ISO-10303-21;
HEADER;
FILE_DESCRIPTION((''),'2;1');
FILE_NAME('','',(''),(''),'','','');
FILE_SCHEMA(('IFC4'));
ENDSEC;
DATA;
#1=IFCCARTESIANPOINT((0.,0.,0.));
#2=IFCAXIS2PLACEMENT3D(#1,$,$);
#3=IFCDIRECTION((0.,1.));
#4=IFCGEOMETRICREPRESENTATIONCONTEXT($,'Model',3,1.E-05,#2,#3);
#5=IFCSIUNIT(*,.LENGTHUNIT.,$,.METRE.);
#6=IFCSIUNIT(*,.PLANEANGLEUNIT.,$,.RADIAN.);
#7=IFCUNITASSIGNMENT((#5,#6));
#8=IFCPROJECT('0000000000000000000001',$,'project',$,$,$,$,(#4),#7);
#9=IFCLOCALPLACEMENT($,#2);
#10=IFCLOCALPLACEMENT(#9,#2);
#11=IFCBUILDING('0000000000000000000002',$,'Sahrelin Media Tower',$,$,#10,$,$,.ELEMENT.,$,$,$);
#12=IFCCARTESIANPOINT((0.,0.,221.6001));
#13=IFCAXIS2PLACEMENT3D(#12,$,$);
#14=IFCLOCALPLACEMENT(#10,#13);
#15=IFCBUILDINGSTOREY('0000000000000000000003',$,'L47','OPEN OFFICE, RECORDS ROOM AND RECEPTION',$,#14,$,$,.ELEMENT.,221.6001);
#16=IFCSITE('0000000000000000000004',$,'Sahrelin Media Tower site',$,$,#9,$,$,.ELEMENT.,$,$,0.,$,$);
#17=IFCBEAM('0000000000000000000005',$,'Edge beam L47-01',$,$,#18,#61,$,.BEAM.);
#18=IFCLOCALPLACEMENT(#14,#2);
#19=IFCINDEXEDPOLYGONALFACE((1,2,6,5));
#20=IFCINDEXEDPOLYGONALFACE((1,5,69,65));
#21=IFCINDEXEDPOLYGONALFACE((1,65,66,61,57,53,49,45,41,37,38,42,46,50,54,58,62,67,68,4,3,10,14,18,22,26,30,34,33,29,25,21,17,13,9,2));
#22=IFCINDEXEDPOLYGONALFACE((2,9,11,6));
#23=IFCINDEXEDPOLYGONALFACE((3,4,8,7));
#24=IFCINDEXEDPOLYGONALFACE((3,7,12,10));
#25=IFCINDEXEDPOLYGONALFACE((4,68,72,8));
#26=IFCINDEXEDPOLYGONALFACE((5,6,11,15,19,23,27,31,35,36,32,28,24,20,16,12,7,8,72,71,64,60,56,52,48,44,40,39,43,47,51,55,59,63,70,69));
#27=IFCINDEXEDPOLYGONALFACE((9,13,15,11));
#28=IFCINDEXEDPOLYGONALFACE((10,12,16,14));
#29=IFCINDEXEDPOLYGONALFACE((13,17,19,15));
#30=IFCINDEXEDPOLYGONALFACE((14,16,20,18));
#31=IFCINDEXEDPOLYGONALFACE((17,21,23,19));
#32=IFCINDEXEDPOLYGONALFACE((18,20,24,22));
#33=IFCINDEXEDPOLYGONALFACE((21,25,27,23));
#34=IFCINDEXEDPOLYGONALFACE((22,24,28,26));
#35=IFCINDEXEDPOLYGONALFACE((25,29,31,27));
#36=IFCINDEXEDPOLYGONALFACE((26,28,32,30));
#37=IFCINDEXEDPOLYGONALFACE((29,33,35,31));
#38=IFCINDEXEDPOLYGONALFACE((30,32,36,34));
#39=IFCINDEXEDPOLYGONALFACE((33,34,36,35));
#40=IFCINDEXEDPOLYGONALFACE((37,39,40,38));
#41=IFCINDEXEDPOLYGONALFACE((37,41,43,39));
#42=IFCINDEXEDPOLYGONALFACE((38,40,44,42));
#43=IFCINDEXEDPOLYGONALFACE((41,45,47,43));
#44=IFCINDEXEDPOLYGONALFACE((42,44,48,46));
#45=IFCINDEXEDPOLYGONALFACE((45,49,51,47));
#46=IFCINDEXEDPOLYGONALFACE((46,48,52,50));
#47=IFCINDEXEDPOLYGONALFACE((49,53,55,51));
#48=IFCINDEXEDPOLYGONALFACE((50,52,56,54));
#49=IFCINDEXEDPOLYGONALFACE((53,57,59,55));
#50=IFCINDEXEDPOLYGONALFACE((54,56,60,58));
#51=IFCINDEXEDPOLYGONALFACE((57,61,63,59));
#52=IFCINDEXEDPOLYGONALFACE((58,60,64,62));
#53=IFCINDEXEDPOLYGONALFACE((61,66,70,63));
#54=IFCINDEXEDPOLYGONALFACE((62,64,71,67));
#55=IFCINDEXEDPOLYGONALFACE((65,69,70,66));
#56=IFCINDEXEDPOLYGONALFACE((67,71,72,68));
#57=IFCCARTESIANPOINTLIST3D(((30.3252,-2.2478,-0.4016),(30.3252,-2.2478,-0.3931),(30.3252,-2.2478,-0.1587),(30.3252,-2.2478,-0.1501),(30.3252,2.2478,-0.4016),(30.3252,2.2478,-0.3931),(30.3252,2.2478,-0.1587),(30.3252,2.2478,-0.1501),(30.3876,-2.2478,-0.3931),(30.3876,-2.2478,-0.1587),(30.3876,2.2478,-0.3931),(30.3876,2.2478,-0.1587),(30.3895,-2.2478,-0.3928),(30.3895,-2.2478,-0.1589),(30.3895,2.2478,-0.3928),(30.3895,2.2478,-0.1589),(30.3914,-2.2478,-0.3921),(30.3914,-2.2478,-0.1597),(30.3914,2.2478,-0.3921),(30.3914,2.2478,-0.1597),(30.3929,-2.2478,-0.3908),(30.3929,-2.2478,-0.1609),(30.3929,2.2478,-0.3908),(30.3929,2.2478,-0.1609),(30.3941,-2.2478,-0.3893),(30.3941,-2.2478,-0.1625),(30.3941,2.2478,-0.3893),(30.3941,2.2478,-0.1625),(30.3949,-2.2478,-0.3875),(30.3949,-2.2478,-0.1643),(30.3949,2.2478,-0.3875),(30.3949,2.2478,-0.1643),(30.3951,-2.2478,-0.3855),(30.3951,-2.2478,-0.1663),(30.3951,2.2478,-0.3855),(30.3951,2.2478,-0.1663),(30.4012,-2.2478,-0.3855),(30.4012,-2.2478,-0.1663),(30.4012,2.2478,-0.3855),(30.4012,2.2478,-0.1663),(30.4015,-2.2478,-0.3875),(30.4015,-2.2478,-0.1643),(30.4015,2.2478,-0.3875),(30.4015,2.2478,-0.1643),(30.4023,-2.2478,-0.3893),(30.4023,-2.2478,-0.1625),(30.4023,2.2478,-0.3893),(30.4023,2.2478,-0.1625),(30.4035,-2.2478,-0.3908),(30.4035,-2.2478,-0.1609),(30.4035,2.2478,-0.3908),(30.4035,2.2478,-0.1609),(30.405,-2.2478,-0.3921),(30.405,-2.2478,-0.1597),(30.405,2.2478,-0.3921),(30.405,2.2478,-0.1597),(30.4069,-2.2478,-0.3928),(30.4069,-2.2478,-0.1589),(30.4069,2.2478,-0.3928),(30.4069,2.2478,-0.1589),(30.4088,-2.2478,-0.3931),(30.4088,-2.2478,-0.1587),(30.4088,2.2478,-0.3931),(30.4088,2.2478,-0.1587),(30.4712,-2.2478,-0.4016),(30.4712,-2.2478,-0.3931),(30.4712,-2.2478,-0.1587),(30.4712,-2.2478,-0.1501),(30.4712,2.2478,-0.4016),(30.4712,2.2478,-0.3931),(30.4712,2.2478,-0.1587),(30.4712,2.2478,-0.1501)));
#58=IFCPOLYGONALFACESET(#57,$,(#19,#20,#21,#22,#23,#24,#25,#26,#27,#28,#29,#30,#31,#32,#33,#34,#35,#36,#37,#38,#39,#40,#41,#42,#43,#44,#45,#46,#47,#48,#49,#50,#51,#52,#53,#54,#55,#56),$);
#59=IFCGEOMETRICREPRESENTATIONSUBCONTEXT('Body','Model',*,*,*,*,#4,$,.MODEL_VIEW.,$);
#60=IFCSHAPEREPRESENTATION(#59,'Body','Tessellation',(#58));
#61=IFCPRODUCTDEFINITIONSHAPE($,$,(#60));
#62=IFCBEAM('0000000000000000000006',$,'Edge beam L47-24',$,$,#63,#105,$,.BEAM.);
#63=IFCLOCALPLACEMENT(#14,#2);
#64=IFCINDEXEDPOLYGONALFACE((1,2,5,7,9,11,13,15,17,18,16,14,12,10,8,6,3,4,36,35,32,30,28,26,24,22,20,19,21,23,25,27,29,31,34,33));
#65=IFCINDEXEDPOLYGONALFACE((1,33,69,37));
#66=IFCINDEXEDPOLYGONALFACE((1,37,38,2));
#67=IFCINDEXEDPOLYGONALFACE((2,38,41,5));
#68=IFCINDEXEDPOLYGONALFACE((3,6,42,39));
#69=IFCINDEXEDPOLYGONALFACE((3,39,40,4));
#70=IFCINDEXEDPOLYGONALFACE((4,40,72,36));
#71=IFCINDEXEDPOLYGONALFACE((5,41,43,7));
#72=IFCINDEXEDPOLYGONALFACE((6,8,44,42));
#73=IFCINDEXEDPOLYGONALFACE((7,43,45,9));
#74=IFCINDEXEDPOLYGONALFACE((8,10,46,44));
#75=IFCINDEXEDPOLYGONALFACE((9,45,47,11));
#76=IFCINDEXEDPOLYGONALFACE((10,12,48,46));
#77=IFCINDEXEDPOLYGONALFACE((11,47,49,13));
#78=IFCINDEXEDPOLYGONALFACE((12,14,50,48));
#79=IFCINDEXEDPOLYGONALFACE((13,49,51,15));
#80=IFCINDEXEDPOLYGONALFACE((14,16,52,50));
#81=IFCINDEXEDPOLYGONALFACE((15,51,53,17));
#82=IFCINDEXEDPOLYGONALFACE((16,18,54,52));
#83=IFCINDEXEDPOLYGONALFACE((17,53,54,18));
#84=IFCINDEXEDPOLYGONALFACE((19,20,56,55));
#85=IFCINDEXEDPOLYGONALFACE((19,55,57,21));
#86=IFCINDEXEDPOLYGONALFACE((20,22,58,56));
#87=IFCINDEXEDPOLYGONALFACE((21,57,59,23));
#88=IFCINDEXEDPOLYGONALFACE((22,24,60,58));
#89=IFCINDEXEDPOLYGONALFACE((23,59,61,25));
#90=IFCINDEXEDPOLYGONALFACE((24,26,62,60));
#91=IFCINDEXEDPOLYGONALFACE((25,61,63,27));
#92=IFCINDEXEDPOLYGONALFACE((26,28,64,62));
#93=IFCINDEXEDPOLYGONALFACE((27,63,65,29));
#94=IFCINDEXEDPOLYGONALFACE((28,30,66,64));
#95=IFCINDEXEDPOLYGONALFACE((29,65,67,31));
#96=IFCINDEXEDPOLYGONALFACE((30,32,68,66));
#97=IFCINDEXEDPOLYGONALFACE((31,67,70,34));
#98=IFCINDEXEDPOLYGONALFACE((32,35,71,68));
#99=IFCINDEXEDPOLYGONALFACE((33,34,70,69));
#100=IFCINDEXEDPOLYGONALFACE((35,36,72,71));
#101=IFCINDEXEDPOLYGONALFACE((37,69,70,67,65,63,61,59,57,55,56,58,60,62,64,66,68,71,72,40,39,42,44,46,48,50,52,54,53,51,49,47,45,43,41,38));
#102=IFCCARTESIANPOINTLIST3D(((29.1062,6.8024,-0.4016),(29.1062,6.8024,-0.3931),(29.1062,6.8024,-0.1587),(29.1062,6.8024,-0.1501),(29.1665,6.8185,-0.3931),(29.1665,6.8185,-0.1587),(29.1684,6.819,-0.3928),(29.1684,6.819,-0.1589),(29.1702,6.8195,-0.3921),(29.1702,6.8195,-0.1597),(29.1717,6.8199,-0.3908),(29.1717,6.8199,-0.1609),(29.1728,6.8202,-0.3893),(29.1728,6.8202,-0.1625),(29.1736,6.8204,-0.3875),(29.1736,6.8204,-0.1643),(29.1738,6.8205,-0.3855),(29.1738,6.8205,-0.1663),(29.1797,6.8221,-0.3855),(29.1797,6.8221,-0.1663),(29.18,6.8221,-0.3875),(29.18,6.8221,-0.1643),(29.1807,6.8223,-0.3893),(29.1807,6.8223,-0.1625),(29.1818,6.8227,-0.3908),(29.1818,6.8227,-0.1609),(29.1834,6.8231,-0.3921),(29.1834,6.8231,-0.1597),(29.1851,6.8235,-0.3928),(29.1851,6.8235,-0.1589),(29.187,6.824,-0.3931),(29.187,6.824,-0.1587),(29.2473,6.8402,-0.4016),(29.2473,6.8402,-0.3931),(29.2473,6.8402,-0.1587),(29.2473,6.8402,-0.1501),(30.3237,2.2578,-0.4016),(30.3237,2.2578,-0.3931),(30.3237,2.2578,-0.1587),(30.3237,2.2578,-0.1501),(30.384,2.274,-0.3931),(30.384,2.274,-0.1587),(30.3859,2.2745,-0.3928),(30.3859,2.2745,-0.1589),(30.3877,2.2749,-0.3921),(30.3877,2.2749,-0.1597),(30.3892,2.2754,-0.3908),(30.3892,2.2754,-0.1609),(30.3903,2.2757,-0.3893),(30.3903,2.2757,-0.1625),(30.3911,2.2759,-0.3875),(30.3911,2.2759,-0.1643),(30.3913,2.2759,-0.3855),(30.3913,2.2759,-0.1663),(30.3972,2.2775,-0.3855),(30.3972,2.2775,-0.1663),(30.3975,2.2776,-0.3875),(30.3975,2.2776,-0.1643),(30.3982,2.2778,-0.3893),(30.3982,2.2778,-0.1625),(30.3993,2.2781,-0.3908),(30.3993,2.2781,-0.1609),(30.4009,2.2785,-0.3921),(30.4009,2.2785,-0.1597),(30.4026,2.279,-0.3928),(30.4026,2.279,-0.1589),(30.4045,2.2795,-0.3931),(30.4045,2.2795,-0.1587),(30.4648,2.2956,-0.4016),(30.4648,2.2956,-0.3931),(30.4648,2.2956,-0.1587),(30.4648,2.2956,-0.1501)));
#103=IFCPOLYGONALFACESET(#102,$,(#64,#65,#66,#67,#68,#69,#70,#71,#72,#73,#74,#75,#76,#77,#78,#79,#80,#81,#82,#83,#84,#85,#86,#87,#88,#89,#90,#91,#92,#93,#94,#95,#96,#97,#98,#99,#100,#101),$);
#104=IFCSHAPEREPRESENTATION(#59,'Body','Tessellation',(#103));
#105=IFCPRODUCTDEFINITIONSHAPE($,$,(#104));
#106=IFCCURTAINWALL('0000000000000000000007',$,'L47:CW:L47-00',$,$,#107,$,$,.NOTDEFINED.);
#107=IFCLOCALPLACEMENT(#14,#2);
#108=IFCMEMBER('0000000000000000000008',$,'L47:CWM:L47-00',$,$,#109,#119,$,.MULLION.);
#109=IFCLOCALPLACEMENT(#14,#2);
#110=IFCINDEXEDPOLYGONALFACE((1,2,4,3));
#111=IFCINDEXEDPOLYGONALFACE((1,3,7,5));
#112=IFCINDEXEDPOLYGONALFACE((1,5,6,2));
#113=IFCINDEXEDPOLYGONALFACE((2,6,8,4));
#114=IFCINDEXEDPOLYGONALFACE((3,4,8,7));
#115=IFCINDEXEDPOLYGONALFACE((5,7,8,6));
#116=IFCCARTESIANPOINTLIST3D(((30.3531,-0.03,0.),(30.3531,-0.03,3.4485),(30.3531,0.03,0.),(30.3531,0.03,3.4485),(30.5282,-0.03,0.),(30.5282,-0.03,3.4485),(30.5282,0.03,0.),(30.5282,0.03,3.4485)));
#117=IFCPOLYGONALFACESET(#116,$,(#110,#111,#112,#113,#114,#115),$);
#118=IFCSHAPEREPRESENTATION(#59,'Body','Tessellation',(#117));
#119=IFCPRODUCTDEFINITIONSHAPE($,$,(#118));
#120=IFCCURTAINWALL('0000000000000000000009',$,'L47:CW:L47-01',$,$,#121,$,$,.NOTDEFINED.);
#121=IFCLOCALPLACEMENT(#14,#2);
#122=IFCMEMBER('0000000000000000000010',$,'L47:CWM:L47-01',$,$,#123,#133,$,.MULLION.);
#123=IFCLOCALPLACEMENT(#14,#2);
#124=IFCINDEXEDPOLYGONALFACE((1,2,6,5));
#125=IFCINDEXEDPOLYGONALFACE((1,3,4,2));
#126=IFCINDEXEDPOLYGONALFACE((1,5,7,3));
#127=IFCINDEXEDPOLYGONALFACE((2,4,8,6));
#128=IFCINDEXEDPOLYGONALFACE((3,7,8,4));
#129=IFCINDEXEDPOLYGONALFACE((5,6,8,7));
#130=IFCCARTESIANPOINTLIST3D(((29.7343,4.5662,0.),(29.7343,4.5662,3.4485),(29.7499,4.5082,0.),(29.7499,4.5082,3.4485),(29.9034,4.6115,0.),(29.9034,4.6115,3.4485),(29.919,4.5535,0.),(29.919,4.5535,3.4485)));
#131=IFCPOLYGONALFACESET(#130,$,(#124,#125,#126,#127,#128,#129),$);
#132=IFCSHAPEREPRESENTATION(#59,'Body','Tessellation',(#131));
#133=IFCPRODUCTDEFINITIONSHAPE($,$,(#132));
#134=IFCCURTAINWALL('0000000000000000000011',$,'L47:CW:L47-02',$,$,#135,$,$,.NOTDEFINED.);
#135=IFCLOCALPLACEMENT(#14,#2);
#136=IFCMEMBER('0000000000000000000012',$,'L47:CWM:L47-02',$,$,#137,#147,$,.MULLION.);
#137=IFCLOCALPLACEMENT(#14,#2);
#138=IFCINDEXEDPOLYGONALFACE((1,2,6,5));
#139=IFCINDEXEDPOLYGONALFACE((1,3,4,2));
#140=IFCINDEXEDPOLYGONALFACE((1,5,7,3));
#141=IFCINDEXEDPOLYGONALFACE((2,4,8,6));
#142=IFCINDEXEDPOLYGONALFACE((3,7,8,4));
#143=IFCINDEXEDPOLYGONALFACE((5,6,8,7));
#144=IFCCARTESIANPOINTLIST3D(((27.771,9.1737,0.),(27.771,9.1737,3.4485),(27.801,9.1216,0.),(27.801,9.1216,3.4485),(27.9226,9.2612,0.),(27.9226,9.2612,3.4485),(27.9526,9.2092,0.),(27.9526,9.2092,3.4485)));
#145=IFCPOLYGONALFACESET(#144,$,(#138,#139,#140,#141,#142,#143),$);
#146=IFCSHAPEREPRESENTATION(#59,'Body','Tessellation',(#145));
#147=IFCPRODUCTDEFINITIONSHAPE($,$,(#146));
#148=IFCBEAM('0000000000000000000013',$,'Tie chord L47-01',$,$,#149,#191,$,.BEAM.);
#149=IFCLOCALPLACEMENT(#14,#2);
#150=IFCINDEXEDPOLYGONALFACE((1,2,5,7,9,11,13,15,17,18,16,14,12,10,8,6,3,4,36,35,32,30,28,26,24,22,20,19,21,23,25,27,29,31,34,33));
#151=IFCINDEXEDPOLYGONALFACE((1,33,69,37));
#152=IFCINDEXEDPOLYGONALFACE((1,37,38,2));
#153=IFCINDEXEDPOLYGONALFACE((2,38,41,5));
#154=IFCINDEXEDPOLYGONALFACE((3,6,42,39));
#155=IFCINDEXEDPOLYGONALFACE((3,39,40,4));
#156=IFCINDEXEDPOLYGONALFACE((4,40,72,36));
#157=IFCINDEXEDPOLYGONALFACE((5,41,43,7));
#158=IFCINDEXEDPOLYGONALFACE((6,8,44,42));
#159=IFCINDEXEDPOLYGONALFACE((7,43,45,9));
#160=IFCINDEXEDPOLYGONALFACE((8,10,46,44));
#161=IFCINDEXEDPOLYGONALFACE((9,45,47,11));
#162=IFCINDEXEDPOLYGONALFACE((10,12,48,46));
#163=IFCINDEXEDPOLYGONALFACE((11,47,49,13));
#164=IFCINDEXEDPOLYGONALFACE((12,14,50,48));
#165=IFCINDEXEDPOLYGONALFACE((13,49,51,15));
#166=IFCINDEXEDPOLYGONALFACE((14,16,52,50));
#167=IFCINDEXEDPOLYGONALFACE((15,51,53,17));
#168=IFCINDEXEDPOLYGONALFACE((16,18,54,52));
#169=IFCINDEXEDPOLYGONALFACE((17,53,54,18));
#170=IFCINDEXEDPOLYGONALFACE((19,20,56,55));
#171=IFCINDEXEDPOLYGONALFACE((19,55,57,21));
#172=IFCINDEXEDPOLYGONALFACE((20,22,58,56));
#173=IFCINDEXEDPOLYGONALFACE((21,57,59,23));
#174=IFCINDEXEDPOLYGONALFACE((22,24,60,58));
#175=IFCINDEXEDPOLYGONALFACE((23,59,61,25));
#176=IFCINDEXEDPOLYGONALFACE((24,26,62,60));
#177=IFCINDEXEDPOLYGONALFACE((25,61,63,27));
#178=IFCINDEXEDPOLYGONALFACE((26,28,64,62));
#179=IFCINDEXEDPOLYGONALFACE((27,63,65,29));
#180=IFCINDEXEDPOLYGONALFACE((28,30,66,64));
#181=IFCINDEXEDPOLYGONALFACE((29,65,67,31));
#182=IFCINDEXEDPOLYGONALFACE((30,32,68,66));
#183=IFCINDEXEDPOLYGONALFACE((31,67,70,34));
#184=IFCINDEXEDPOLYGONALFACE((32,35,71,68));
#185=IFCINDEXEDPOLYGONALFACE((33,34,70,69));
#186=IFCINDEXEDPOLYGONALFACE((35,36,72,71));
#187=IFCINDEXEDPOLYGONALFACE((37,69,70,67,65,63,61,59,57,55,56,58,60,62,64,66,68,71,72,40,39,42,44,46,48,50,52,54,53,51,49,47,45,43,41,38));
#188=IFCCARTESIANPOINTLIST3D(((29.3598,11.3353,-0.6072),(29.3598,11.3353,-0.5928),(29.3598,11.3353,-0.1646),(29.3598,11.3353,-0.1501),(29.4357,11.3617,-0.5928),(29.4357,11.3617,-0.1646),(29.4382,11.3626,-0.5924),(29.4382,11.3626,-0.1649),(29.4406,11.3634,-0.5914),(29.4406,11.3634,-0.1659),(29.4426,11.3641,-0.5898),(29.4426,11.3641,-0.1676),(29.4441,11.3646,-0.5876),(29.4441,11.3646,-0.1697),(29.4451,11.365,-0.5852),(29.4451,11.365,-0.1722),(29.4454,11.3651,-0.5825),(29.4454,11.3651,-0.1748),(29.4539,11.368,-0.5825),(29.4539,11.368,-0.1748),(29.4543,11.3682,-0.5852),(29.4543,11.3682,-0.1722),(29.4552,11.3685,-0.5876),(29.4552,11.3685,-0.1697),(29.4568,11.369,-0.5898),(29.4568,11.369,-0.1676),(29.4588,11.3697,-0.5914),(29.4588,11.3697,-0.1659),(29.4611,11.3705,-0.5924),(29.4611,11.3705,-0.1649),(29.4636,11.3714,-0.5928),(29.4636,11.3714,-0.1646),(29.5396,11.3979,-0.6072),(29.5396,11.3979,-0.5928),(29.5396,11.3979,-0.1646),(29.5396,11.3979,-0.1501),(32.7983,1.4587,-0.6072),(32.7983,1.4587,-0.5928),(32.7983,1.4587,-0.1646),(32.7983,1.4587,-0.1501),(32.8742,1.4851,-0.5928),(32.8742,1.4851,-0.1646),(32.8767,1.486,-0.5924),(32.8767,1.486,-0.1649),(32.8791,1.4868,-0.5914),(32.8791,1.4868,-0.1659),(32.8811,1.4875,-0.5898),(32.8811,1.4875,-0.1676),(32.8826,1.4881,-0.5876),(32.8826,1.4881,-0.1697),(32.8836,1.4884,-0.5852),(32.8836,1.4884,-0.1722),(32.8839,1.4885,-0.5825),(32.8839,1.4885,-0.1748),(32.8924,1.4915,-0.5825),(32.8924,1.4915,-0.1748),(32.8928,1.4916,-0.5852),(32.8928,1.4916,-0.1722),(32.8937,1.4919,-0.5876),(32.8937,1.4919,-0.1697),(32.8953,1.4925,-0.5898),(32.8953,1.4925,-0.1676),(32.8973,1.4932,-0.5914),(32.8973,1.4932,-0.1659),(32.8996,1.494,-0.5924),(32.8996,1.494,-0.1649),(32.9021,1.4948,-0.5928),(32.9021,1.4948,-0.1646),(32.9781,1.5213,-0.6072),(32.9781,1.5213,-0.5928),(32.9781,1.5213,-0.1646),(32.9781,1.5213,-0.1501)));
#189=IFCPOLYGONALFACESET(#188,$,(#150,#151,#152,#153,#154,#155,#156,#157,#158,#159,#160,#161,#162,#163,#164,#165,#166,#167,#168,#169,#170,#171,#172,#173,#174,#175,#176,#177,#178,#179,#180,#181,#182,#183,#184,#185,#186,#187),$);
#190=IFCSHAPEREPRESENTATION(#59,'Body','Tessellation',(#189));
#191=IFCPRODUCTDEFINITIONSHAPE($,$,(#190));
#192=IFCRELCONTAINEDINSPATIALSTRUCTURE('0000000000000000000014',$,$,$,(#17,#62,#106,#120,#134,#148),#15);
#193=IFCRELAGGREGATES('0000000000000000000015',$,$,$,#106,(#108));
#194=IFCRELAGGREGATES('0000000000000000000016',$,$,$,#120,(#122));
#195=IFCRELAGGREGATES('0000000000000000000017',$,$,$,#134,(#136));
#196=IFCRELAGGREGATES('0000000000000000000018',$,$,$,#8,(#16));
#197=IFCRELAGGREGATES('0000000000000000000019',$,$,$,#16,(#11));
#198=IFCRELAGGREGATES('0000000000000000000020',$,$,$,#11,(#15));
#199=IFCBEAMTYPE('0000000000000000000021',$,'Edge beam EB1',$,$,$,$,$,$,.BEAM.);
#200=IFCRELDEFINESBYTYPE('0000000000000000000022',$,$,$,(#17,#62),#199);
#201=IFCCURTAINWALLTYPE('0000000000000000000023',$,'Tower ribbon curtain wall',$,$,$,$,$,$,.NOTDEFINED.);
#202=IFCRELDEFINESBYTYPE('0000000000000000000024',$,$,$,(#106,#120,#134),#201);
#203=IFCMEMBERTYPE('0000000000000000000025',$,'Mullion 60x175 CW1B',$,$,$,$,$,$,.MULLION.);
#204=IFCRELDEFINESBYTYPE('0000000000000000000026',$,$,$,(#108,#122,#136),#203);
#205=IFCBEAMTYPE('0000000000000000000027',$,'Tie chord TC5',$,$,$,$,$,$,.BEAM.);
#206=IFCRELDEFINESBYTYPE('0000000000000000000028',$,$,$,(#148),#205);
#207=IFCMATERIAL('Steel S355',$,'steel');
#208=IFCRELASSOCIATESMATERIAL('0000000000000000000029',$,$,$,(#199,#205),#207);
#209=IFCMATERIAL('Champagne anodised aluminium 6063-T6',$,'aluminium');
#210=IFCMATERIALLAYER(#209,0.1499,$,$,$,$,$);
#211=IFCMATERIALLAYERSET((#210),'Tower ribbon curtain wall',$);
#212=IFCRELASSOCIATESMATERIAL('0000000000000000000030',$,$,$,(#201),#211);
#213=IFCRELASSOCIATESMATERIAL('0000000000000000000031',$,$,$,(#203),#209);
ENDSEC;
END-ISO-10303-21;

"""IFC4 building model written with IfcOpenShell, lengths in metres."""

from ifc_helpers import new_model, si_unit, direction, frame, origin, origin_2d, place, context, subcontext, project, spatial, rectangle, i_section, extrude, material, layer, layer_set, material_profile, profile_set, type_object, element, aggregate, save


model = new_model("IFC4")

# Units and contexts
model_context = context("Model", 3, precision=1e-05, world=origin(), true_north=direction((0.0, 1.0)))
body_context = subcontext(model_context, "Body", "Model", "MODEL_VIEW")
ifc_project = project(units=[si_unit("LENGTHUNIT", "METRE"), si_unit("PLANEANGLEUNIT", "RADIAN")], contexts=[model_context])

# Site, building, storey
site_placement = place(None, origin())
site = spatial("IfcSite", under=ifc_project, at=site_placement, Name="Sahrelin Media Tower site", CompositionType="ELEMENT", RefElevation=0.0)
building_placement = place(site_placement, origin())
building = spatial("IfcBuilding", under=site, at=building_placement, Name="Sahrelin Media Tower", CompositionType="ELEMENT")
storey_placement = place(building_placement, frame((0.0, 0.0, 221.6001)))
storey = spatial("IfcBuildingStorey", under=building, at=storey_placement, Name="L47", Description="OPEN OFFICE, RECORDS ROOM AND RECEPTION", CompositionType="ELEMENT", Elevation=221.6001)

# Beams
ifc_material_1 = material(Name="Steel S355", Category="steel")
ifc_material_profile_1 = material_profile(ifc_material_1, i_section(OverallWidth=0.146, OverallDepth=0.2515, WebThickness=0.0061, FlangeThickness=0.0085, FilletRadius=0.0076, at=origin_2d()), Name="UB 254x146x31")
ifc_profile_set_1 = profile_set([ifc_material_profile_1], Name="Steel S355")
beam_type_1 = type_object("IfcBeamType", Name="Edge beam EB1", PredefinedType="BEAM", material=ifc_profile_set_1)
beam_1_placement = place(storey_placement, frame((30.3982, 2.2478, -0.2759), z_axis=(0.0, -1.0, 0.0), x_axis=(1.0, 0.0, 0.0)))
element("IfcBeam", 1, at=beam_1_placement, inside=storey, type_object=beam_type_1, Name="Edge beam L47-01", PredefinedType="BEAM", context=body_context, shape_type="SweptSolid", body=[
    extrude(i_section(OverallWidth=0.146, OverallDepth=0.2515, WebThickness=0.0061, FlangeThickness=0.0085, FilletRadius=0.0076, at=origin_2d()), origin(), (0.0, 0.0, 1.0), 4.4956),
])
beam_2_placement = place(storey_placement, frame((29.1768, 6.8213, -0.2759), z_axis=(0.258777, -0.965937, 0.0), x_axis=(0.965937, 0.258777, 0.0)))
element("IfcBeam", 2, at=beam_2_placement, inside=storey, type_object=beam_type_1, Name="Edge beam L47-24", PredefinedType="BEAM", context=body_context, shape_type="SweptSolid", body=[
    extrude(i_section(OverallWidth=0.146, OverallDepth=0.2515, WebThickness=0.0061, FlangeThickness=0.0085, FilletRadius=0.0076, at=origin_2d()), origin(), (0.0, 0.0, 1.0), 4.7048),
])

# Curtain walls, members
ifc_material_2 = material(Name="Champagne anodised aluminium 6063-T6", Category="aluminium")
ifc_layer_1 = layer(ifc_material_2, 0.1499)
ifc_layer_set_1 = layer_set([ifc_layer_1], Name="Tower ribbon curtain wall")
curtain_wall_type = type_object("IfcCurtainWallType", Name="Tower ribbon curtain wall", PredefinedType="NOTDEFINED", material=ifc_layer_set_1)
curtain_wall_1_placement = place(storey_placement, frame((30.5481, 0.0, 0.0), z_axis=(0.0, 0.0, 1.0), x_axis=(1.0, 0.0, 0.0)))
curtain_wall_1 = element("IfcCurtainWall", 3, at=curtain_wall_1_placement, inside=storey, type_object=curtain_wall_type, Name="L47:CW:L47-00", PredefinedType="NOTDEFINED")
ifc_material_profile_2 = material_profile(ifc_material_2, rectangle(XDim=0.0601, YDim=0.175, at=origin_2d()), Name="Mullion 60x175")
ifc_profile_set_2 = profile_set([ifc_material_profile_2], Name="Champagne anodised aluminium 6063-T6")
member_type_1 = type_object("IfcMemberType", Name="Mullion 60x175 CW1B", PredefinedType="MULLION", material=ifc_profile_set_2)
member_1_placement = place(storey_placement, frame((30.4407, 0.0, 0.0), z_axis=(0.0, 0.0, 1.0), x_axis=(0.0, 1.0, 0.0)))
member_1 = element("IfcMember", 4, at=member_1_placement, type_object=member_type_1, Name="L47:CWM:L47-00", PredefinedType="MULLION", context=body_context, shape_type="SweptSolid", body=[
    extrude(rectangle(XDim=0.0601, YDim=0.175, at=origin_2d()), origin(), (0.0, 0.0, 1.0), 3.4485),
])
aggregate(curtain_wall_1, [member_1])
curtain_wall_2_placement = place(storey_placement, frame((29.9304, 4.5876, 0.0), z_axis=(0.0, 0.0, 1.0), x_axis=(1.0, 0.0, 0.0)))
curtain_wall_2 = element("IfcCurtainWall", 5, at=curtain_wall_2_placement, inside=storey, type_object=curtain_wall_type, Name="L47:CW:L47-01", PredefinedType="NOTDEFINED")
member_2_placement = place(storey_placement, frame((29.8267, 4.5598, 0.0), z_axis=(0.0, 0.0, 1.0), x_axis=(-0.258822, 0.965925, 0.0)))
member_2 = element("IfcMember", 6, at=member_2_placement, type_object=member_type_1, Name="L47:CWM:L47-01", PredefinedType="MULLION", context=body_context, shape_type="SweptSolid", body=[
    extrude(rectangle(XDim=0.0601, YDim=0.175, at=origin_2d()), origin(), (0.0, 0.0, 1.0), 3.4485),
])
curtain_wall_3_placement = place(storey_placement, frame((27.9548, 9.2451, 0.0), z_axis=(0.0, 0.0, 1.0), x_axis=(1.0, 0.0, 0.0)))
curtain_wall_3 = element("IfcCurtainWall", 7, at=curtain_wall_3_placement, inside=storey, type_object=curtain_wall_type, Name="L47:CW:L47-02", PredefinedType="NOTDEFINED")
member_3_placement = place(storey_placement, frame((27.8618, 9.1914, 0.0), z_axis=(0.0, 0.0, 1.0), x_axis=(-0.5, 0.866025, 0.0)))
member_3 = element("IfcMember", 8, at=member_3_placement, type_object=member_type_1, Name="L47:CWM:L47-02", PredefinedType="MULLION", context=body_context, shape_type="SweptSolid", body=[
    extrude(rectangle(XDim=0.0601, YDim=0.175, at=origin_2d()), origin(), (0.0, 0.0, 1.0), 3.4485),
])

# Beam
ifc_material_profile_3 = material_profile(ifc_material_1, i_section(OverallWidth=0.1904, OverallDepth=0.457, WebThickness=0.009, FlangeThickness=0.0144, FilletRadius=0.0103, at=origin_2d()), Name="UB 457x191x74")
ifc_profile_set_3 = profile_set([ifc_material_profile_3], Name="Steel S355")
beam_type_2 = type_object("IfcBeamType", Name="Tie chord TC5", PredefinedType="BEAM", material=ifc_profile_set_3)
beam_3_placement = place(storey_placement, frame((32.8882, 1.49, -0.3787), z_axis=(-0.328792, 0.944402, 0.0), x_axis=(-0.944402, -0.328792, 0.0)))
element("IfcBeam", 9, at=beam_3_placement, inside=storey, type_object=beam_type_2, Name="Tie chord L47-01", PredefinedType="BEAM", context=body_context, shape_type="SweptSolid", body=[
    extrude(i_section(OverallWidth=0.1904, OverallDepth=0.457, WebThickness=0.009, FlangeThickness=0.0144, FilletRadius=0.0103, at=origin_2d()), origin(), (0.0, 0.0, 1.0), 10.458),
])

aggregate(curtain_wall_2, [member_2])
aggregate(curtain_wall_3, [member_3])

save(model, "model.ifc")
